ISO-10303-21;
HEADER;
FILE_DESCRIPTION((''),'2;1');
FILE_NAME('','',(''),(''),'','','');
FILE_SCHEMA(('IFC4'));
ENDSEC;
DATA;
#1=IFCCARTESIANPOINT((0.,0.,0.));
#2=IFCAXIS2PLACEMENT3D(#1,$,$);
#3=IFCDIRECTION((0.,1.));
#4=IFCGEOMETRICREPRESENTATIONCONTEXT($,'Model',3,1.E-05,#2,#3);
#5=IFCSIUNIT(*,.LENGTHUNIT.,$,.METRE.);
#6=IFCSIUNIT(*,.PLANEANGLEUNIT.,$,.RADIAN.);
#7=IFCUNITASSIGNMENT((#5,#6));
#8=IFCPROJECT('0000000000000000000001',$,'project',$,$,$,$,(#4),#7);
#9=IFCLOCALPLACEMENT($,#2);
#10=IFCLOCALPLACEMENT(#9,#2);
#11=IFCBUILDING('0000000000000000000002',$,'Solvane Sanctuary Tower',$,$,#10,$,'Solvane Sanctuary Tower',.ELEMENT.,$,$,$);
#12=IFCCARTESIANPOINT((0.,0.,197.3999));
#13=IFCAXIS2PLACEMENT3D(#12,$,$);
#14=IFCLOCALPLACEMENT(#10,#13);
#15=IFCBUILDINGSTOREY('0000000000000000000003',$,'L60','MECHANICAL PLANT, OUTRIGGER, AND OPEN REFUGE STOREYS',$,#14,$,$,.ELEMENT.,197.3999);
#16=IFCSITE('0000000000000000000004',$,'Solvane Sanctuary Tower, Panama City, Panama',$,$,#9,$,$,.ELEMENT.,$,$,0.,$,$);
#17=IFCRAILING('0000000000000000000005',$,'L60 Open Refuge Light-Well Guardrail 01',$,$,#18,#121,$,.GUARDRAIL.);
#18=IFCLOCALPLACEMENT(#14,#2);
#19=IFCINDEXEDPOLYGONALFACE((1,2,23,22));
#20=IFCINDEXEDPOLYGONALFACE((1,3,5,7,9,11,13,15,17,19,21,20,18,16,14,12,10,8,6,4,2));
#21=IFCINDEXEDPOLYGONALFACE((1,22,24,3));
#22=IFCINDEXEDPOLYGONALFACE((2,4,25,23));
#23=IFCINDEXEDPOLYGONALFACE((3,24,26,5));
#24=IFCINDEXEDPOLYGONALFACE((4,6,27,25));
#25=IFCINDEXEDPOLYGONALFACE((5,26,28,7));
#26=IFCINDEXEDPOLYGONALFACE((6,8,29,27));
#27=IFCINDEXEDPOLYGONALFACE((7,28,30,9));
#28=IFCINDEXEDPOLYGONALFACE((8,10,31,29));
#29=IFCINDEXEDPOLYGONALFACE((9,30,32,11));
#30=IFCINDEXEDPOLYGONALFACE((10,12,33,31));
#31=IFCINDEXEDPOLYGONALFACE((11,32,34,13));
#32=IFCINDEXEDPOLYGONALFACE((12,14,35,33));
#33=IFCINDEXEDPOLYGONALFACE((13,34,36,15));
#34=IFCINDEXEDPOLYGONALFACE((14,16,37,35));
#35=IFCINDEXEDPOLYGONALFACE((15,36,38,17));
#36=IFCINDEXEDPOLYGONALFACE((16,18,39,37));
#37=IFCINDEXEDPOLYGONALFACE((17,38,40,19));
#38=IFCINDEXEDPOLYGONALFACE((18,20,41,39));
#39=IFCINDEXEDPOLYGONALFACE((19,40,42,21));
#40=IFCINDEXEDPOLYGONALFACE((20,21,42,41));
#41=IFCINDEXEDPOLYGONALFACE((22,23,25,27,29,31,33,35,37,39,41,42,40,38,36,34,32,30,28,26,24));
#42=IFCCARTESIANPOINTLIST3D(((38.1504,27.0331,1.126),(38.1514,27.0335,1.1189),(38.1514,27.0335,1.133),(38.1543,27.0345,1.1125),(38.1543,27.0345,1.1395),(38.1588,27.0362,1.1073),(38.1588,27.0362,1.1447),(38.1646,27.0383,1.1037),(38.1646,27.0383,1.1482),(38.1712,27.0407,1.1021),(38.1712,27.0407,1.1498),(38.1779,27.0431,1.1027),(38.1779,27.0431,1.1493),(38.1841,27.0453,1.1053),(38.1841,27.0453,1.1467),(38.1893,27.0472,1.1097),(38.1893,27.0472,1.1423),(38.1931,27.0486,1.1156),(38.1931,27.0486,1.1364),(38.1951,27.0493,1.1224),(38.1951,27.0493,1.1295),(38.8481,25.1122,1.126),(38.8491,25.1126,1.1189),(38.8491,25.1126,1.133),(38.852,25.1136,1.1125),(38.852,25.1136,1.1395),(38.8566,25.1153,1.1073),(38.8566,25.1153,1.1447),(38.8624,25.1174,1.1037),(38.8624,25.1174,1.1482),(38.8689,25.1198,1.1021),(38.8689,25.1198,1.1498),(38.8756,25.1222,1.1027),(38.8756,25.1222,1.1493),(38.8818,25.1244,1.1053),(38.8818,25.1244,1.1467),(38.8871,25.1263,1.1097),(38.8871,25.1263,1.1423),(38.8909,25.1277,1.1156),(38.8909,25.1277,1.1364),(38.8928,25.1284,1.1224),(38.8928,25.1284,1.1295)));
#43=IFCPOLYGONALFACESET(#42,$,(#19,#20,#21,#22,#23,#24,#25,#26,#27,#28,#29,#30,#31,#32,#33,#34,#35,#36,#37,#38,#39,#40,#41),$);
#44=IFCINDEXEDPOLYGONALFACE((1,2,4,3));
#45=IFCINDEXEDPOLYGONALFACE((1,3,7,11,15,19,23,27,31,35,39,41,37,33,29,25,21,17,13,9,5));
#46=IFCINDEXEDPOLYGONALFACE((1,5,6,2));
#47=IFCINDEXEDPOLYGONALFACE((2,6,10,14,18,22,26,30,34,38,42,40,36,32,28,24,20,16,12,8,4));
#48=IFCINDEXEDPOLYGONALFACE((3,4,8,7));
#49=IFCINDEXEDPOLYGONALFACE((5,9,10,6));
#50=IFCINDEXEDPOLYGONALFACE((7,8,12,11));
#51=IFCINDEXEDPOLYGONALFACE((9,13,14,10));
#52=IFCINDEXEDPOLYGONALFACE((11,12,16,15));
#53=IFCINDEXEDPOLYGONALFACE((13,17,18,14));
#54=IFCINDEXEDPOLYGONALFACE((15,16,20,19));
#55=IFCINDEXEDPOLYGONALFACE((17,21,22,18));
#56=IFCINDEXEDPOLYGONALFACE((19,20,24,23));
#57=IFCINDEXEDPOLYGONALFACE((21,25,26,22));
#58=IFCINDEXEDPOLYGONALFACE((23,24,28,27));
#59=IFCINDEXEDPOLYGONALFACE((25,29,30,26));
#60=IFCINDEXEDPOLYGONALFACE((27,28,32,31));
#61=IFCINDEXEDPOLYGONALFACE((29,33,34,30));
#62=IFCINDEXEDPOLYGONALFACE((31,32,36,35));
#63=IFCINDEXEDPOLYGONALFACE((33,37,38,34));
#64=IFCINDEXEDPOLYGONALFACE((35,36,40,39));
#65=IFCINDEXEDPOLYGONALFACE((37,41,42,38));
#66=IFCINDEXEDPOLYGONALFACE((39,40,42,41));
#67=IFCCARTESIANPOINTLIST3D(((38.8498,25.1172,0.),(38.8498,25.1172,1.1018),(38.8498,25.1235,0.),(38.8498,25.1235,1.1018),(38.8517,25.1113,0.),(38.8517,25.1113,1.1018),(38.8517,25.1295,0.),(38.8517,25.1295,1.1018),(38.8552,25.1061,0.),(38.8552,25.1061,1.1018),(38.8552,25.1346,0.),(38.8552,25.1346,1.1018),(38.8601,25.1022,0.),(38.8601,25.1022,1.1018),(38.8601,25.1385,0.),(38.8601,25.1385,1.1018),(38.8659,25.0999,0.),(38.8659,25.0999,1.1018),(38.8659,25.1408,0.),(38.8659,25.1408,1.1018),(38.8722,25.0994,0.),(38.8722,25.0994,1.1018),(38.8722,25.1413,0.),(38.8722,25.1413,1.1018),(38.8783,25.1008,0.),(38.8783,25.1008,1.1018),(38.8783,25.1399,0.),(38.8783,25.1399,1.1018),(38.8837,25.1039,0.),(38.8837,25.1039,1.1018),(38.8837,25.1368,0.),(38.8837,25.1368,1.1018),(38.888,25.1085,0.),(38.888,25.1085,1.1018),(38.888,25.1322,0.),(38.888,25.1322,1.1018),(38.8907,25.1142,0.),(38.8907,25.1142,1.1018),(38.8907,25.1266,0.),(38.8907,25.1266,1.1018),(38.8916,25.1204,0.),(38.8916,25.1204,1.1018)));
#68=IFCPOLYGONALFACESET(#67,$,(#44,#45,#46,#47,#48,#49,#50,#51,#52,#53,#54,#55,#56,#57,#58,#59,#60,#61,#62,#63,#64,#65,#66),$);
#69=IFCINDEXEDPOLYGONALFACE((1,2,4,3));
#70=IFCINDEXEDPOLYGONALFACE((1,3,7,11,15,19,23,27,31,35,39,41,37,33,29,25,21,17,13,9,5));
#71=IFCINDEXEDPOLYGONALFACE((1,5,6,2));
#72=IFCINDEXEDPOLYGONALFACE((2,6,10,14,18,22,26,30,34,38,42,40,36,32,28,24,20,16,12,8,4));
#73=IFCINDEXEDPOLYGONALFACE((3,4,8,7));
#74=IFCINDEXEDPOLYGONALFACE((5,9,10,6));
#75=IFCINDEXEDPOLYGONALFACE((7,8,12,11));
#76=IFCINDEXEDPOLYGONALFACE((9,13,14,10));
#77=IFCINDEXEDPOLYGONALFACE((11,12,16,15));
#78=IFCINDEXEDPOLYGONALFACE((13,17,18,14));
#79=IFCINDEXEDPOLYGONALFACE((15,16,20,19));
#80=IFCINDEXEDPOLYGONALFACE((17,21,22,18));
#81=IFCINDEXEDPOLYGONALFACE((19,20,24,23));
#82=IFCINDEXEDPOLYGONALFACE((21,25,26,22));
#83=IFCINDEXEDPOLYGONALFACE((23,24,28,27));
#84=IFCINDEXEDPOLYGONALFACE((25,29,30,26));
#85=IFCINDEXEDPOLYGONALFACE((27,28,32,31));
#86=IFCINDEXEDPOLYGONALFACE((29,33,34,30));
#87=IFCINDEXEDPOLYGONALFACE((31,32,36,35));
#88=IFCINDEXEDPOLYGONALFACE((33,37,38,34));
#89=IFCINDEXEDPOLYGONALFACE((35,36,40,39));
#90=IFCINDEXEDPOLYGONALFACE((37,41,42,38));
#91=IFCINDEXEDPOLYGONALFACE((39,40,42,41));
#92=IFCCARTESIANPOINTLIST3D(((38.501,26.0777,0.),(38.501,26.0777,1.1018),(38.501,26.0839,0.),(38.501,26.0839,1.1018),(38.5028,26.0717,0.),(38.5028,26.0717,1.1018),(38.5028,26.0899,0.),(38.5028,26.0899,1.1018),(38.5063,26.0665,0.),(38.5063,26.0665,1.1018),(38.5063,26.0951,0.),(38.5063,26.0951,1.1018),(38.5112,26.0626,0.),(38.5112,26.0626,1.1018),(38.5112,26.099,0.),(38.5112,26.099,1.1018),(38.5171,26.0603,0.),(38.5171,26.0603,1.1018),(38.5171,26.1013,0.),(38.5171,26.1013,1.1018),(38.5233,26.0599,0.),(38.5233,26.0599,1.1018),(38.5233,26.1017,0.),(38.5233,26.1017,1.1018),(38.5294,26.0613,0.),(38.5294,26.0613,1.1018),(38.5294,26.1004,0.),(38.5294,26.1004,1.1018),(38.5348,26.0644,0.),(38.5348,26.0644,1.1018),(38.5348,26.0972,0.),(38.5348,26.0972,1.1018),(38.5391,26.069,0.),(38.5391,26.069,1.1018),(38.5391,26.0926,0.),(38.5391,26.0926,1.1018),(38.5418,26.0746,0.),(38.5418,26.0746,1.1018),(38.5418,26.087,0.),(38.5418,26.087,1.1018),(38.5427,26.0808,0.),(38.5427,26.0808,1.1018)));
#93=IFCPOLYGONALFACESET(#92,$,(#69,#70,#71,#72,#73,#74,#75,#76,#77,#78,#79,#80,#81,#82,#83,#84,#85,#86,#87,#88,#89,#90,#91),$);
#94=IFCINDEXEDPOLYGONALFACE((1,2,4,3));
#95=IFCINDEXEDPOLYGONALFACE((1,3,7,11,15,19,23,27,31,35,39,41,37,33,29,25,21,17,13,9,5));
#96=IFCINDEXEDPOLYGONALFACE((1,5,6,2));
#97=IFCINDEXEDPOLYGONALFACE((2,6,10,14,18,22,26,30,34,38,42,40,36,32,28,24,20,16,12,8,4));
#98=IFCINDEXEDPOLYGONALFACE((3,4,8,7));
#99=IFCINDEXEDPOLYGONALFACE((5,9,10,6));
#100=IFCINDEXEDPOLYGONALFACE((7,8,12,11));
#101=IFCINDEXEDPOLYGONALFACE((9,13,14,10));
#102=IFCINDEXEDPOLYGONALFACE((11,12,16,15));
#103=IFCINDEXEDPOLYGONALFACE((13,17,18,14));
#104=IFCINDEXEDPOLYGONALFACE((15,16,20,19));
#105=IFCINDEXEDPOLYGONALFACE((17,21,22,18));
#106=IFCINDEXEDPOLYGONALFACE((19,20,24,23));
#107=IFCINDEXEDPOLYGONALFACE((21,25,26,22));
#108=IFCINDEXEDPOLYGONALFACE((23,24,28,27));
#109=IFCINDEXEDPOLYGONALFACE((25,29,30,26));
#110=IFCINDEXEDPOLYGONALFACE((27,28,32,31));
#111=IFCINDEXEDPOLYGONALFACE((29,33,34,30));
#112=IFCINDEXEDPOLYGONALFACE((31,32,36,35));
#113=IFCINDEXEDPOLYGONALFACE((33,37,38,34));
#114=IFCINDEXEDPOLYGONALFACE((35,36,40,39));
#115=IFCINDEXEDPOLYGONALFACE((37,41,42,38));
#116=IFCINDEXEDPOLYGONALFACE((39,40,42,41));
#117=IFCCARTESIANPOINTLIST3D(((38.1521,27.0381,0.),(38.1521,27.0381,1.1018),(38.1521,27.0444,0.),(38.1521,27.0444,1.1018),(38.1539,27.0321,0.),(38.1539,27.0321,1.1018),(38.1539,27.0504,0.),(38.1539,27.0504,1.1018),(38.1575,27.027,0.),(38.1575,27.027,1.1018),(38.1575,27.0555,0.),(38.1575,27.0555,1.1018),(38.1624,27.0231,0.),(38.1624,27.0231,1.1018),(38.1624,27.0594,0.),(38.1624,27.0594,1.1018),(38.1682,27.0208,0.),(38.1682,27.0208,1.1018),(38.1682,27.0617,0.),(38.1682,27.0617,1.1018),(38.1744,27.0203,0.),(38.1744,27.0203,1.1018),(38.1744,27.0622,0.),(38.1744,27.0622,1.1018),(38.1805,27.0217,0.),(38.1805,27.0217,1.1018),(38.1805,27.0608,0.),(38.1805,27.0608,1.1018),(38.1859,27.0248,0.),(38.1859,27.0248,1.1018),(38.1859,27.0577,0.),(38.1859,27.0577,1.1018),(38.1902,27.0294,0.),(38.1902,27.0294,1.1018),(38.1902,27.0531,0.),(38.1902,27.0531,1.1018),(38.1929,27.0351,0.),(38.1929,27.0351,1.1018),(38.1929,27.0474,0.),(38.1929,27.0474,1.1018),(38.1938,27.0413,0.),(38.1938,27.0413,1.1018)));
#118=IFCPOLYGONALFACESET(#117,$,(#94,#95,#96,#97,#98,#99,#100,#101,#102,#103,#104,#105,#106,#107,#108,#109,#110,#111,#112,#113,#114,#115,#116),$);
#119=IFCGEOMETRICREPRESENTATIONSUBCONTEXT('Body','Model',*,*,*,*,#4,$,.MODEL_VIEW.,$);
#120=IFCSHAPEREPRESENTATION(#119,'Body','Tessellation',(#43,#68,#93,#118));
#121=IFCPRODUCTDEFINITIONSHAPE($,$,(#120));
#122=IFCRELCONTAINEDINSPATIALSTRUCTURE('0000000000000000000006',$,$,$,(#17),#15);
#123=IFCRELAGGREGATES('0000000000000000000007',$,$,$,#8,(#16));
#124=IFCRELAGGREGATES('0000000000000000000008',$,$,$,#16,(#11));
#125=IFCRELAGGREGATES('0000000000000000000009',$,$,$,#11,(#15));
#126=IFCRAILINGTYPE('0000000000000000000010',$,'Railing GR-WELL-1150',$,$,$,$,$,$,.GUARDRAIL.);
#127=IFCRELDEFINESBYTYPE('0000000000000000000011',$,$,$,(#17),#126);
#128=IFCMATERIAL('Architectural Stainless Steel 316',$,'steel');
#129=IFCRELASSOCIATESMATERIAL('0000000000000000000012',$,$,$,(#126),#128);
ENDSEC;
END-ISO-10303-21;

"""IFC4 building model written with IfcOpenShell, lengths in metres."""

from ifc_helpers import new_model, si_unit, direction, frame, origin, origin_2d, place, context, subcontext, project, spatial, circle, extrude, material, type_object, element, save


model = new_model("IFC4")

# Units and contexts
model_context = context("Model", 3, precision=1e-05, world=origin(), true_north=direction((0.0, 1.0)))
body_context = subcontext(model_context, "Body", "Model", "MODEL_VIEW")
ifc_project = project(units=[si_unit("LENGTHUNIT", "METRE"), si_unit("PLANEANGLEUNIT", "RADIAN")], contexts=[model_context])

# Site, building, storey
site_placement = place(None, origin())
site = spatial("IfcSite", under=ifc_project, at=site_placement, Name="Solvane Sanctuary Tower, Panama City, Panama", CompositionType="ELEMENT", RefElevation=0.0)
building_placement = place(site_placement, origin())
building = spatial("IfcBuilding", under=site, at=building_placement, Name="Solvane Sanctuary Tower", LongName="Solvane Sanctuary Tower", CompositionType="ELEMENT")
storey_placement = place(building_placement, frame((0.0, 0.0, 197.3999)))
storey = spatial("IfcBuildingStorey", under=building, at=storey_placement, Name="L60", Description="MECHANICAL PLANT, OUTRIGGER, AND OPEN REFUGE STOREYS", CompositionType="ELEMENT", Elevation=197.3999)

# Shared definitions
ifc_material_1 = material(Name="Architectural Stainless Steel 316", Category="steel")

# Railing
railing_type_1 = type_object("IfcRailingType", Name="Railing GR-WELL-1150", PredefinedType="GUARDRAIL", material=ifc_material_1)
railing_1_placement = place(storey_placement, frame((38.8706, 25.1204, 0.0)))
element("IfcRailing", 1, at=railing_1_placement, inside=storey, type_object=railing_type_1, Name="L60 Open Refuge Light-Well Guardrail 01", PredefinedType="GUARDRAIL", context=body_context, shape_type="SweptSolid", body=[
    extrude(circle(Radius=0.0239, at=origin_2d()), frame((0.0, 0.0, 1.126), z_axis=(-0.341417, 0.939912, 0.0), x_axis=(-0.939912, -0.341417, 0.0)), (0.0, 0.0, 1.0), 2.0437),
    extrude(circle(Radius=0.021, at=origin_2d()), origin(), (0.0, 0.0, 1.0), 1.1018),
    extrude(circle(Radius=0.021, at=origin_2d()), frame((-0.3489, 0.9604, 0.0)), (0.0, 0.0, 1.0), 1.1018),
    extrude(circle(Radius=0.021, at=origin_2d()), frame((-0.6978, 1.9209, 0.0)), (0.0, 0.0, 1.0), 1.1018),
])

save(model, "model.ifc")
